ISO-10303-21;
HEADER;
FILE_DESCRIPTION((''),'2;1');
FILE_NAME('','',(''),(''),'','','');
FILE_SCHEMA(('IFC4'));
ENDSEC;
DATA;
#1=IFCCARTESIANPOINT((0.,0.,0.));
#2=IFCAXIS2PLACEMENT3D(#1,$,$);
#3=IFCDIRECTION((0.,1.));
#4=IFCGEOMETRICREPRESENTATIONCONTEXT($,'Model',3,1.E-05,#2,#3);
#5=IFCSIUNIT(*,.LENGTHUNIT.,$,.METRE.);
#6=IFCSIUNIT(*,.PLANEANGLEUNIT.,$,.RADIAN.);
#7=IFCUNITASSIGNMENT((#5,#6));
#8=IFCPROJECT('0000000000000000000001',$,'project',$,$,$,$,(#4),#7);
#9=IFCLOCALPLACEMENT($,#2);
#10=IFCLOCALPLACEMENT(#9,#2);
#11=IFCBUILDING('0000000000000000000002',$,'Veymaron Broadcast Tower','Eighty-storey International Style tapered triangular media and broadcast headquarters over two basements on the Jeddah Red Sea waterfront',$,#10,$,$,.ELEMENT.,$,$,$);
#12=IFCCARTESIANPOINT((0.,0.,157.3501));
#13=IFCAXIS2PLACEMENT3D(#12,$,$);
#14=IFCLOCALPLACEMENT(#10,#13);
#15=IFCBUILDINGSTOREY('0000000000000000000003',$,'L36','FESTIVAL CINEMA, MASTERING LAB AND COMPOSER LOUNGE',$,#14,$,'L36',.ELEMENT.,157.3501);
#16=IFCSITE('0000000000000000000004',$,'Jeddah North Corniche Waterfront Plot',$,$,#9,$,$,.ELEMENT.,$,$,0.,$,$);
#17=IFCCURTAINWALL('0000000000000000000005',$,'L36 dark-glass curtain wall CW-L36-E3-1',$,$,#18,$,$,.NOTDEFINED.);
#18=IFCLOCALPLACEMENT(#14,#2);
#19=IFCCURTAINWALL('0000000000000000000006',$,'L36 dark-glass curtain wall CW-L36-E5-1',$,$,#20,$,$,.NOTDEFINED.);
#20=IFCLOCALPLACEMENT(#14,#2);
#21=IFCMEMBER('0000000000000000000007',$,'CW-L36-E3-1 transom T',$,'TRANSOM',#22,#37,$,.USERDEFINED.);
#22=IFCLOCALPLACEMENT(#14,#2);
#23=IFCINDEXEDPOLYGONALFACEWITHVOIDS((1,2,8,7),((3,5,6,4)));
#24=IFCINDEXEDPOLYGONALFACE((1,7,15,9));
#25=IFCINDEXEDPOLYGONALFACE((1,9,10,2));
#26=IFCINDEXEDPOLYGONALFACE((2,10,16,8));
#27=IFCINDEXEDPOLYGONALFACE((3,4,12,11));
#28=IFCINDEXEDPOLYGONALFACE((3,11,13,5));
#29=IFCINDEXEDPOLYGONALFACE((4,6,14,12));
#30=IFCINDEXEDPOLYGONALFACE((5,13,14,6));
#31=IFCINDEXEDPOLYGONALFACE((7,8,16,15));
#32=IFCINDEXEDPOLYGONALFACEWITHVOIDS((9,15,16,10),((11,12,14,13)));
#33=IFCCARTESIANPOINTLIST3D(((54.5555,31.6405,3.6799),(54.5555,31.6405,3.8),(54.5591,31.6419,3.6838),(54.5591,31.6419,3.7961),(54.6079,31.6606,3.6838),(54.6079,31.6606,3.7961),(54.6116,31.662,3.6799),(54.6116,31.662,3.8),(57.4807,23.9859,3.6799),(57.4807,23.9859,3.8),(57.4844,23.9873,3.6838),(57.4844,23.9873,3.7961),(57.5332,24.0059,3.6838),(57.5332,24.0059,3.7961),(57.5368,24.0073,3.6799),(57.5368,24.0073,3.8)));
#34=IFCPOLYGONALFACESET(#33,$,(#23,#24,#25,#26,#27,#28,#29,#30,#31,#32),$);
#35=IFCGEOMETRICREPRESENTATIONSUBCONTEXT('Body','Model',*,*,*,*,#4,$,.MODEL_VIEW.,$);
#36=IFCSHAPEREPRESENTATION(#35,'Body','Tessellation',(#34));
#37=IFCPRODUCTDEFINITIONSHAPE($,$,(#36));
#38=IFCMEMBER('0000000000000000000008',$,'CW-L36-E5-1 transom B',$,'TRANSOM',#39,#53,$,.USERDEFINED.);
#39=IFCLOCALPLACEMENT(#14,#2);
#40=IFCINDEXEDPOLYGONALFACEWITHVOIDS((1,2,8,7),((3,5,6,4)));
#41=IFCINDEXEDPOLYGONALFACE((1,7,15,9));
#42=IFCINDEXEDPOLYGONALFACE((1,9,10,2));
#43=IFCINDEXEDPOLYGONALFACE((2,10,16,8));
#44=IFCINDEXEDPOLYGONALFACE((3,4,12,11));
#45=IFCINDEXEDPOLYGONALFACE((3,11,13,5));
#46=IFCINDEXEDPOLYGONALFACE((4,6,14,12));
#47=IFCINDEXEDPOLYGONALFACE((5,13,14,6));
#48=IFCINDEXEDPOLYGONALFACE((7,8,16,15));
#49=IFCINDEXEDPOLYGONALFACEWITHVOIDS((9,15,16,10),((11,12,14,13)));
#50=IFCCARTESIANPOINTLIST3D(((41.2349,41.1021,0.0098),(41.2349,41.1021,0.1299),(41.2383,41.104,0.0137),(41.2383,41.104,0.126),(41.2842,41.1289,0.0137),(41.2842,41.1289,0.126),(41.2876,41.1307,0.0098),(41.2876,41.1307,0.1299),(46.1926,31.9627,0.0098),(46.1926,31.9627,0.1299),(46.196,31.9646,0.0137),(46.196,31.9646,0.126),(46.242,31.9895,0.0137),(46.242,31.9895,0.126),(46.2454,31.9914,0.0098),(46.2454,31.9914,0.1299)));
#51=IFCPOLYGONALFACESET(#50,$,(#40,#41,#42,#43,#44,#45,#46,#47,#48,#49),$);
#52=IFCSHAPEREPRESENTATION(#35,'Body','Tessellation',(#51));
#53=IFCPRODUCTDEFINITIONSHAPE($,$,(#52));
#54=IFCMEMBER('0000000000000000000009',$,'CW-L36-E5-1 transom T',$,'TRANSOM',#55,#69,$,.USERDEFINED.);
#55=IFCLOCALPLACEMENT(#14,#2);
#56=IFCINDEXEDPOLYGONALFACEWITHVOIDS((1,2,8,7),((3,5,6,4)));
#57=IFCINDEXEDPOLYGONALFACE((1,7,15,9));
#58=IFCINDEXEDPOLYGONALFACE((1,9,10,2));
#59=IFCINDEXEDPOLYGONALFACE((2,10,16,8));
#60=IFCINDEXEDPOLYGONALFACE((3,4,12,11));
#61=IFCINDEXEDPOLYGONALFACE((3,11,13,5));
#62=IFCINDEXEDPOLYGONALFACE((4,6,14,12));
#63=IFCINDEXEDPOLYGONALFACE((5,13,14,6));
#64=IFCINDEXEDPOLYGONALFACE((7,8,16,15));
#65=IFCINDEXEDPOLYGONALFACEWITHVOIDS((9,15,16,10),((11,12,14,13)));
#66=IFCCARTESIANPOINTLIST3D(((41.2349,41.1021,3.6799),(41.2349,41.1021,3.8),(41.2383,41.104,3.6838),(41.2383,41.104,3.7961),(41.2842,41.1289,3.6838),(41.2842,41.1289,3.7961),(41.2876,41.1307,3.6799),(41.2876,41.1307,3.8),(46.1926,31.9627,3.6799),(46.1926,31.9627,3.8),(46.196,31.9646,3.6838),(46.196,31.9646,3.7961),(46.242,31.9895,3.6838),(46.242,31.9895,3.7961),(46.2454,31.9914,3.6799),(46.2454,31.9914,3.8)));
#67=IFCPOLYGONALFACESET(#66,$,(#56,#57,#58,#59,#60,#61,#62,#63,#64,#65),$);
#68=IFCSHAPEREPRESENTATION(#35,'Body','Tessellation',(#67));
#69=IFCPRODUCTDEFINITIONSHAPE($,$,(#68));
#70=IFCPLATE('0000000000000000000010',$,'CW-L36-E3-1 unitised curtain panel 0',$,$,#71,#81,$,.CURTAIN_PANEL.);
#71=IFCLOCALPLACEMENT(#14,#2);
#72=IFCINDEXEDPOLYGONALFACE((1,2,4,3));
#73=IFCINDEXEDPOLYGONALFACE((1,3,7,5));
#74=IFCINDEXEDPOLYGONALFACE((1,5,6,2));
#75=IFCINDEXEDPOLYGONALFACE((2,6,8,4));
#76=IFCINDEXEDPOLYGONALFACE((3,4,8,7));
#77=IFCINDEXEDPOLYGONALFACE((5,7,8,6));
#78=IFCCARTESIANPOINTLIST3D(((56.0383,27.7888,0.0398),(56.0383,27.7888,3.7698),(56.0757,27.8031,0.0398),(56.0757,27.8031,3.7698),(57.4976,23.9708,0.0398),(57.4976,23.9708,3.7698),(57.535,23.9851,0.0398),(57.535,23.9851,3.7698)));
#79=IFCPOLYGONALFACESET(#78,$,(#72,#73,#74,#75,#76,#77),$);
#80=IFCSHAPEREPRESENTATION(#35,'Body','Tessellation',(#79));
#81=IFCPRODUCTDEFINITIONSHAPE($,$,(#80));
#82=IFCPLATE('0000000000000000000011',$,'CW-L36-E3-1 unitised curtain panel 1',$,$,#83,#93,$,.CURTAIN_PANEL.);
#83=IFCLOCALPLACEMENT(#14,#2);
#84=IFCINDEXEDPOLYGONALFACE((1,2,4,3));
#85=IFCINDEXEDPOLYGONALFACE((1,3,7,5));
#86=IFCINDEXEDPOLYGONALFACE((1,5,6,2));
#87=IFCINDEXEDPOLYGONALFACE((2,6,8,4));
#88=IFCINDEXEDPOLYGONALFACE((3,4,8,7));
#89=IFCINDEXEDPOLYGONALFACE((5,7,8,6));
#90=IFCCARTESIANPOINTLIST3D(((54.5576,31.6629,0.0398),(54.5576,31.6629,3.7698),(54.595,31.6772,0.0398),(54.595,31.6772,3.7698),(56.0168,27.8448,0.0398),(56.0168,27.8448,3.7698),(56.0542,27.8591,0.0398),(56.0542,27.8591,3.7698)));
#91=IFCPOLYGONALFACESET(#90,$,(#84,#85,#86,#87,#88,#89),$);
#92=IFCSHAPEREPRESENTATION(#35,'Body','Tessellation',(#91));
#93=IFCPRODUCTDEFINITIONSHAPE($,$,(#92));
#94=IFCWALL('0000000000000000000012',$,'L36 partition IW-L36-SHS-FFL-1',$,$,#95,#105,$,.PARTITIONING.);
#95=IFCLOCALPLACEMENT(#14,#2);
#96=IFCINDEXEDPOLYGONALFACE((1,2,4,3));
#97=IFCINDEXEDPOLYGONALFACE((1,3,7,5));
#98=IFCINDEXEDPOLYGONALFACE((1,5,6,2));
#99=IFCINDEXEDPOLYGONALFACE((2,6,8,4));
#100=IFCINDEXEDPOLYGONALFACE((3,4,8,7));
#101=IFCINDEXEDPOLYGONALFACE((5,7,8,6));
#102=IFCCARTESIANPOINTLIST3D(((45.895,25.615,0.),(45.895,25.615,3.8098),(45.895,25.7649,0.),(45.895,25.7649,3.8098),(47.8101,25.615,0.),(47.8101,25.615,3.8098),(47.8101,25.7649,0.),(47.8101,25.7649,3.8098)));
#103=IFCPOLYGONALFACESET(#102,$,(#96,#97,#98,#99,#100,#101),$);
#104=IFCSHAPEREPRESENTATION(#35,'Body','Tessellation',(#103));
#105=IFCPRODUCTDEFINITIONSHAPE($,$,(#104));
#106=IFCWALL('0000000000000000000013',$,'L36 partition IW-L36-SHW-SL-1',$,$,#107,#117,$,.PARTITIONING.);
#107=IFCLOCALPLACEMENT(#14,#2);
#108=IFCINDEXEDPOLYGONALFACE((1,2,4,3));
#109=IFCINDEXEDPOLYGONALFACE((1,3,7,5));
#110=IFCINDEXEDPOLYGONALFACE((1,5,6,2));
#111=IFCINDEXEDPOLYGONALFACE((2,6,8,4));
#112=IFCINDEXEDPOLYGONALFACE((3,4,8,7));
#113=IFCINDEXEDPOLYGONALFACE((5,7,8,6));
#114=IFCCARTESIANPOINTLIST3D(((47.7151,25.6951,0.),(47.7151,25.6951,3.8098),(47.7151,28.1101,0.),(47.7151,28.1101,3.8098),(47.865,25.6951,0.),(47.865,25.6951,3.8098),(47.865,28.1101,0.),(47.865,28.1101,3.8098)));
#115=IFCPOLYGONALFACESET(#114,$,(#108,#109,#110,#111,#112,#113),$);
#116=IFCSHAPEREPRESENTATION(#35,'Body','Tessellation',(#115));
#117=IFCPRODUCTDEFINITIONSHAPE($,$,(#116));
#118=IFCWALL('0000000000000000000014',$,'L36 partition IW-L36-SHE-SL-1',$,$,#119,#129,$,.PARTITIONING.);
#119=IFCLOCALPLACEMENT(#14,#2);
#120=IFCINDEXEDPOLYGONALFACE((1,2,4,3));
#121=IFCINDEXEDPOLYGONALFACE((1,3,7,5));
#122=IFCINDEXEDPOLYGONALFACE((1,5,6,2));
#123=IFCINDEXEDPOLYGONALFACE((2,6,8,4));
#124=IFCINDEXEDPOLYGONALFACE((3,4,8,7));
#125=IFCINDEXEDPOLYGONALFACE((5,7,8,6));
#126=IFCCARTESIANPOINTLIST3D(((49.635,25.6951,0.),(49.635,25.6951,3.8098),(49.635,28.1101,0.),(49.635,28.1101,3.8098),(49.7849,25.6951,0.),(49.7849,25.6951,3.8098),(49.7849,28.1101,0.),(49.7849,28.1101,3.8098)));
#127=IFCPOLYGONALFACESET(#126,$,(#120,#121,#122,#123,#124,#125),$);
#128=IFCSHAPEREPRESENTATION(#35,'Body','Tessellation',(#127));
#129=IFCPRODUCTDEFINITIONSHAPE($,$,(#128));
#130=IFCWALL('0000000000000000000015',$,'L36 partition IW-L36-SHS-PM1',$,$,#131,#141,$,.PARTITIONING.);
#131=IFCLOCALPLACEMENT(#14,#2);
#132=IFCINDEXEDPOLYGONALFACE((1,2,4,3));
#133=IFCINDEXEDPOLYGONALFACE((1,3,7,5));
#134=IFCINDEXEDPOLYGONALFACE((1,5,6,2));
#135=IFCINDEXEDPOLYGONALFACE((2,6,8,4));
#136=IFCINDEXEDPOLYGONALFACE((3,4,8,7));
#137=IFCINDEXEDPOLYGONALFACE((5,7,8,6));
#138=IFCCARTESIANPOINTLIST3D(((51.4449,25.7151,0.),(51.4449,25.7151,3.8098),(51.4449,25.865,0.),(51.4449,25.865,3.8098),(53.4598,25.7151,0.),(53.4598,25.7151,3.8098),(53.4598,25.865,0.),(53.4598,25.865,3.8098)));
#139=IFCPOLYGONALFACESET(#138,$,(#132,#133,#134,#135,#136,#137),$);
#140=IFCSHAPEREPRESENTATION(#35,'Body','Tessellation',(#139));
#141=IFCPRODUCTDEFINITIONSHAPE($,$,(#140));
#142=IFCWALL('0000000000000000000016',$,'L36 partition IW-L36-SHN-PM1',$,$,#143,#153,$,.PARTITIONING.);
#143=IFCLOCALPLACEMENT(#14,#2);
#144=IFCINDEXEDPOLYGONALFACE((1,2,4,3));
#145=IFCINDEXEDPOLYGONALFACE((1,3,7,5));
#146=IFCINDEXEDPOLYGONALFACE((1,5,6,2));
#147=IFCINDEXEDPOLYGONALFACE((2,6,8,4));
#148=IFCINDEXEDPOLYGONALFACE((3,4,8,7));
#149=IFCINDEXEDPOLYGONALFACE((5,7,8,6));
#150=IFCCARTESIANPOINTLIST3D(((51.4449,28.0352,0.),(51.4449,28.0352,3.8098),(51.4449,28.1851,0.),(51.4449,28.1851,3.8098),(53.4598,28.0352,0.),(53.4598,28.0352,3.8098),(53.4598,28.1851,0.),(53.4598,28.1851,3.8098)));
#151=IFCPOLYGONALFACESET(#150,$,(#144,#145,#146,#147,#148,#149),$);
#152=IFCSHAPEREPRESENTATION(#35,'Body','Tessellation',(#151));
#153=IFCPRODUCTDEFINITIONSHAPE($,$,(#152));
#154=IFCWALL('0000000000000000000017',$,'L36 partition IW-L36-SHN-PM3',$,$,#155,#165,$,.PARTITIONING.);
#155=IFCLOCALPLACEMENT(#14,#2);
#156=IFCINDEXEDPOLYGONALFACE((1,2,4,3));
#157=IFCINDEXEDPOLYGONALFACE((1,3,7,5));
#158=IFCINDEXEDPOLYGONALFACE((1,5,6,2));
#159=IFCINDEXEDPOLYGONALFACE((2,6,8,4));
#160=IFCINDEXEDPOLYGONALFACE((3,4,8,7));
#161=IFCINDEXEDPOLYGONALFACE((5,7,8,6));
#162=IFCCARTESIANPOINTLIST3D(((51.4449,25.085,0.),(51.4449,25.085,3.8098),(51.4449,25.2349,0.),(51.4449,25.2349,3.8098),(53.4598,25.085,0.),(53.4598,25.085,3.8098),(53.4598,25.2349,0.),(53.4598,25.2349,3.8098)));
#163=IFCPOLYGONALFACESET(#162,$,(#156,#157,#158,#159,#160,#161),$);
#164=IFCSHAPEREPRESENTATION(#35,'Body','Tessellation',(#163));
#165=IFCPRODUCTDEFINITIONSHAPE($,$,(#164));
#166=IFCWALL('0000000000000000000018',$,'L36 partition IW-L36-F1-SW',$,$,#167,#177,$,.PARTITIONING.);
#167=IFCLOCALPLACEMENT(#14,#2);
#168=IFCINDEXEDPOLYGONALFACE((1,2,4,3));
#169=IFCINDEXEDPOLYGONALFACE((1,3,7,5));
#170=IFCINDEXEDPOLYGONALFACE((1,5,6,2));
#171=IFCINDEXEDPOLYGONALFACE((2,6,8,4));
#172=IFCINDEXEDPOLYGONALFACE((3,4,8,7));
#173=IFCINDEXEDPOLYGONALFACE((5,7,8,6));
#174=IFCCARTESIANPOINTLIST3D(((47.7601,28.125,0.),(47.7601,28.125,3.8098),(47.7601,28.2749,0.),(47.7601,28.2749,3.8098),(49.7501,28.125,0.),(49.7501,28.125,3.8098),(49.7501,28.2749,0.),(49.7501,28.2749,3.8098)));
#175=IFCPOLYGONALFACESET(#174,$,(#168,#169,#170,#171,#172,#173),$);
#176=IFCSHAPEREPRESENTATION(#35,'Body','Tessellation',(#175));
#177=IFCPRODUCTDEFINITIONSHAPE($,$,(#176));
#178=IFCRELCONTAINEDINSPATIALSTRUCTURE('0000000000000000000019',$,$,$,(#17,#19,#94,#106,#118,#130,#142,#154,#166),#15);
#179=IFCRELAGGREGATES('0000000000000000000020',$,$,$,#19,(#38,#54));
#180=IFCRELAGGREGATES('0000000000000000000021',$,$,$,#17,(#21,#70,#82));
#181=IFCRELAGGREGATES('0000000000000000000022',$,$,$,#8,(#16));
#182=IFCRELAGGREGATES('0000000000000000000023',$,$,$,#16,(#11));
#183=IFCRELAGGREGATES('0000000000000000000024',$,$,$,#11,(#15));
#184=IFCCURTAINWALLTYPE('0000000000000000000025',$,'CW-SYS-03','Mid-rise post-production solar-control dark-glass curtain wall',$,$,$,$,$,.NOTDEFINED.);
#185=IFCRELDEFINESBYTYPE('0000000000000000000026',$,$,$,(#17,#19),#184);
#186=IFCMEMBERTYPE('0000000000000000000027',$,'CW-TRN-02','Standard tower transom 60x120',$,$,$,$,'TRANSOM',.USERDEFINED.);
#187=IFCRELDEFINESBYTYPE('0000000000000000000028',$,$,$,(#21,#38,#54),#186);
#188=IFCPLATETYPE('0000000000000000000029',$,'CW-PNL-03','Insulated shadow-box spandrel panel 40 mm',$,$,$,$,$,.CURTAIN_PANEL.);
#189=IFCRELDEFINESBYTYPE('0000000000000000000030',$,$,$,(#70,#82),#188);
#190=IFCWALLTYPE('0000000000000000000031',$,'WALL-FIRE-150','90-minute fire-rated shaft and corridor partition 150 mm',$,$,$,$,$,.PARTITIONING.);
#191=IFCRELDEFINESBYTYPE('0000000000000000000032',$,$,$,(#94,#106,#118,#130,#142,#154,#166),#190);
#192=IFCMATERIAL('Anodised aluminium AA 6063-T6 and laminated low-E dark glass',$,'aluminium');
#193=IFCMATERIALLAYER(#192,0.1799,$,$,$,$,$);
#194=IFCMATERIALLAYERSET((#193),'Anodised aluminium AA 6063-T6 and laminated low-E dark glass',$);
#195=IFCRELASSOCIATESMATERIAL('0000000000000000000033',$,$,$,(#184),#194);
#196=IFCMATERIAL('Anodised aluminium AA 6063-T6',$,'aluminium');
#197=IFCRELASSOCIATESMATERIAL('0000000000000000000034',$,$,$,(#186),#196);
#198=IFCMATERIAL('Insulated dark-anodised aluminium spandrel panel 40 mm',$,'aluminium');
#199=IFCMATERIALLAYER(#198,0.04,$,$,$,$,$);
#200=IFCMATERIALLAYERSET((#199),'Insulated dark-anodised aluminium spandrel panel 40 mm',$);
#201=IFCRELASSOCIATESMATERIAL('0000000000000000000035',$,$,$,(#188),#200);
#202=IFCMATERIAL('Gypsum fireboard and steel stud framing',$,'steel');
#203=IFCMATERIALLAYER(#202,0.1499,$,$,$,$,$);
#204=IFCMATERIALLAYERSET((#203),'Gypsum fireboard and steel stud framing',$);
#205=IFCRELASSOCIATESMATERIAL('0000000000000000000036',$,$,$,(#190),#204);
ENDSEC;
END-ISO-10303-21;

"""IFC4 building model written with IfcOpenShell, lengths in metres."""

from ifc_helpers import new_model, si_unit, direction, frame, frame_2d, origin, origin_2d, place, context, subcontext, project, spatial, rectangle, hollow_rectangle, extrude, material, layer, layer_set, material_profile, profile_set, type_object, element, aggregate, save


model = new_model("IFC4")

# Units and contexts
model_context = context("Model", 3, precision=1e-05, world=origin(), true_north=direction((0.0, 1.0)))
body_context = subcontext(model_context, "Body", "Model", "MODEL_VIEW")
ifc_project = project(units=[si_unit("LENGTHUNIT", "METRE"), si_unit("PLANEANGLEUNIT", "RADIAN")], contexts=[model_context])

# Site, building, storey
site_placement = place(None, origin())
site = spatial("IfcSite", under=ifc_project, at=site_placement, Name="Jeddah North Corniche Waterfront Plot", CompositionType="ELEMENT", RefElevation=0.0)
building_placement = place(site_placement, origin())
building = spatial("IfcBuilding", under=site, at=building_placement, Name="Veymaron Broadcast Tower", Description="Eighty-storey International Style tapered triangular media and broadcast headquarters over two basements on the Jeddah Red Sea waterfront", CompositionType="ELEMENT")
storey_placement = place(building_placement, frame((0.0, 0.0, 157.3501)))
storey = spatial("IfcBuildingStorey", under=building, at=storey_placement, Name="L36", Description="FESTIVAL CINEMA, MASTERING LAB AND COMPOSER LOUNGE", LongName="L36", CompositionType="ELEMENT", Elevation=157.3501)

# Shared definitions
ifc_material_1 = material(Name="Anodised aluminium AA 6063-T6 and laminated low-E dark glass", Category="aluminium")
ifc_layer_1 = layer(ifc_material_1, 0.1799)
ifc_layer_set_1 = layer_set([ifc_layer_1], Name="Anodised aluminium AA 6063-T6 and laminated low-E dark glass")
curtain_wall_type = type_object("IfcCurtainWallType", Name="CW-SYS-03", Description="Mid-rise post-production solar-control dark-glass curtain wall", PredefinedType="NOTDEFINED", material=ifc_layer_set_1)
ifc_material_2 = material(Name="Anodised aluminium AA 6063-T6", Category="aluminium")

# Curtain wall
curtain_wall_1_placement = place(storey_placement, origin())
curtain_wall_1 = element("IfcCurtainWall", 1, at=curtain_wall_1_placement, inside=storey, type_object=curtain_wall_type, Name="L36 dark-glass curtain wall CW-L36-E3-1", PredefinedType="NOTDEFINED")

# Curtain wall
curtain_wall_2_placement = place(storey_placement, origin())
curtain_wall_2 = element("IfcCurtainWall", 2, at=curtain_wall_2_placement, inside=storey, type_object=curtain_wall_type, Name="L36 dark-glass curtain wall CW-L36-E5-1", PredefinedType="NOTDEFINED")

# Members
ifc_material_profile_1 = material_profile(ifc_material_2, hollow_rectangle(XDim=0.0601, YDim=0.1201, WallThickness=0.0039, at=origin_2d()), Name="AL120X60X4")
ifc_profile_set_1 = profile_set([ifc_material_profile_1], Name="Anodised aluminium AA 6063-T6")
member_type_1 = type_object("IfcMemberType", Name="CW-TRN-02", Description="Standard tower transom 60x120", ElementType="TRANSOM", PredefinedType="USERDEFINED", material=ifc_profile_set_1)
member_1_placement = place(storey_placement, frame((57.5088, 23.9966, 3.74), z_axis=(-0.356974, 0.934114, 0.0), x_axis=(-0.934114, -0.356974, 0.0)))
member_1 = element("IfcMember", 3, at=member_1_placement, type_object=member_type_1, Name="CW-L36-E3-1 transom T", ObjectType="TRANSOM", PredefinedType="USERDEFINED", context=body_context, shape_type="SweptSolid", body=[
    extrude(hollow_rectangle(XDim=0.0601, YDim=0.1201, WallThickness=0.0039, at=origin_2d()), origin(), (0.0, 0.0, 1.0), 8.1946),
])
member_2_placement = place(storey_placement, frame((46.219, 31.9771, 0.0698), z_axis=(-0.476822, 0.879, 0.0), x_axis=(-0.879, -0.476822, 0.0)))
member_2 = element("IfcMember", 4, at=member_2_placement, type_object=member_type_1, Name="CW-L36-E5-1 transom B", ObjectType="TRANSOM", PredefinedType="USERDEFINED", context=body_context, shape_type="SweptSolid", body=[
    extrude(hollow_rectangle(XDim=0.0601, YDim=0.1201, WallThickness=0.0039, at=origin_2d()), origin(), (0.0, 0.0, 1.0), 10.3975),
])
member_3_placement = place(storey_placement, frame((46.219, 31.9771, 3.74), z_axis=(-0.476822, 0.879, 0.0), x_axis=(-0.879, -0.476822, 0.0)))
member_3 = element("IfcMember", 5, at=member_3_placement, type_object=member_type_1, Name="CW-L36-E5-1 transom T", ObjectType="TRANSOM", PredefinedType="USERDEFINED", context=body_context, shape_type="SweptSolid", body=[
    extrude(hollow_rectangle(XDim=0.0601, YDim=0.1201, WallThickness=0.0039, at=origin_2d()), origin(), (0.0, 0.0, 1.0), 10.3975),
])
aggregate(curtain_wall_2, [member_2, member_3])

# Plates
ifc_material_3 = material(Name="Insulated dark-anodised aluminium spandrel panel 40 mm", Category="aluminium")
ifc_layer_2 = layer(ifc_material_3, 0.04)
ifc_layer_set_2 = layer_set([ifc_layer_2], Name="Insulated dark-anodised aluminium spandrel panel 40 mm")
plate_type = type_object("IfcPlateType", Name="CW-PNL-03", Description="Insulated shadow-box spandrel panel 40 mm", PredefinedType="CURTAIN_PANEL", material=ifc_layer_set_2)
plate_1_placement = place(storey_placement, frame((56.7866, 25.887, 0.0398), z_axis=(0.0, 0.0, 1.0), x_axis=(-0.357015, 0.934099, 0.0)))
plate_1 = element("IfcPlate", 6, at=plate_1_placement, type_object=plate_type, Name="CW-L36-E3-1 unitised curtain panel 0", PredefinedType="CURTAIN_PANEL", context=body_context, shape_type="SweptSolid", body=[
    extrude(rectangle(XDim=4.0874, YDim=0.04, at=origin_2d()), origin(), (0.0, 0.0, 1.0), 3.73),
])
plate_2_placement = place(storey_placement, frame((55.3059, 29.761, 0.0398), z_axis=(0.0, 0.0, 1.0), x_axis=(-0.357015, 0.934099, 0.0)))
plate_2 = element("IfcPlate", 7, at=plate_2_placement, type_object=plate_type, Name="CW-L36-E3-1 unitised curtain panel 1", PredefinedType="CURTAIN_PANEL", context=body_context, shape_type="SweptSolid", body=[
    extrude(rectangle(XDim=4.0874, YDim=0.04, at=origin_2d()), origin(), (0.0, 0.0, 1.0), 3.73),
])
aggregate(curtain_wall_1, [member_1, plate_1, plate_2])

# Shared definitions
ifc_material_4 = material(Name="Gypsum fireboard and steel stud framing", Category="steel")
ifc_layer_3 = layer(ifc_material_4, 0.1499)
ifc_layer_set_3 = layer_set([ifc_layer_3], Name="Gypsum fireboard and steel stud framing")
wall_type_1 = type_object("IfcWallType", Name="WALL-FIRE-150", Description="90-minute fire-rated shaft and corridor partition 150 mm", PredefinedType="PARTITIONING", material=ifc_layer_set_3)

# Wall
wall_1_placement = place(storey_placement, frame((45.895, 25.6899, 0.0), z_axis=(0.0, 0.0, 1.0), x_axis=(1.0, 0.0, 0.0)))
element("IfcWall", 8, at=wall_1_placement, inside=storey, type_object=wall_type_1, Name="L36 partition IW-L36-SHS-FFL-1", PredefinedType="PARTITIONING", context=body_context, shape_type="SweptSolid", body=[
    extrude(rectangle(XDim=1.915, YDim=0.1499, at=frame_2d((0.9575, 0.0))), origin(), (0.0, 0.0, 1.0), 3.8098),
])

# Walls
for number, where, z_axis, x_axis, name in (
    (9, (47.79, 25.6951, 0.0), (0.0, 0.0, 1.0), (0.0, 1.0, 0.0), "L36 partition IW-L36-SHW-SL-1"),
    (10, (49.71, 25.6951, 0.0), (0.0, 0.0, 1.0), (0.0, 1.0, 0.0), "L36 partition IW-L36-SHE-SL-1"),
):
    element("IfcWall", number, at=place(storey_placement, frame(where, z_axis=z_axis, x_axis=x_axis)), inside=storey, type_object=wall_type_1, Name=name, PredefinedType="PARTITIONING", context=body_context, shape_type="SweptSolid", body=[
        extrude(rectangle(XDim=2.415, YDim=0.1499, at=frame_2d((1.2075, 0.0))), origin(), (0.0, 0.0, 1.0), 3.8098),
    ])

# Walls
for number, where, z_axis, x_axis, name in (
    (11, (51.4451, 25.79, 0.0), (0.0, 0.0, 1.0), (1.0, 0.0, 0.0), "L36 partition IW-L36-SHS-PM1"),
    (12, (51.4451, 28.1101, 0.0), (0.0, 0.0, 1.0), (1.0, 0.0, 0.0), "L36 partition IW-L36-SHN-PM1"),
    (13, (51.4451, 25.1599, 0.0), (0.0, 0.0, 1.0), (1.0, 0.0, 0.0), "L36 partition IW-L36-SHN-PM3"),
):
    element("IfcWall", number, at=place(storey_placement, frame(where, z_axis=z_axis, x_axis=x_axis)), inside=storey, type_object=wall_type_1, Name=name, PredefinedType="PARTITIONING", context=body_context, shape_type="SweptSolid", body=[
        extrude(rectangle(XDim=2.0149, YDim=0.1499, at=frame_2d((1.0073, 0.0))), origin(), (0.0, 0.0, 1.0), 3.8098),
    ])
wall_2_placement = place(storey_placement, frame((47.76, 28.2, 0.0), z_axis=(0.0, 0.0, 1.0), x_axis=(1.0, 0.0, 0.0)))
element("IfcWall", 14, at=wall_2_placement, inside=storey, type_object=wall_type_1, Name="L36 partition IW-L36-F1-SW", PredefinedType="PARTITIONING", context=body_context, shape_type="SweptSolid", body=[
    extrude(rectangle(XDim=1.99, YDim=0.1499, at=frame_2d((0.9951, 0.0))), origin(), (0.0, 0.0, 1.0), 3.8098),
])

save(model, "model.ifc")
